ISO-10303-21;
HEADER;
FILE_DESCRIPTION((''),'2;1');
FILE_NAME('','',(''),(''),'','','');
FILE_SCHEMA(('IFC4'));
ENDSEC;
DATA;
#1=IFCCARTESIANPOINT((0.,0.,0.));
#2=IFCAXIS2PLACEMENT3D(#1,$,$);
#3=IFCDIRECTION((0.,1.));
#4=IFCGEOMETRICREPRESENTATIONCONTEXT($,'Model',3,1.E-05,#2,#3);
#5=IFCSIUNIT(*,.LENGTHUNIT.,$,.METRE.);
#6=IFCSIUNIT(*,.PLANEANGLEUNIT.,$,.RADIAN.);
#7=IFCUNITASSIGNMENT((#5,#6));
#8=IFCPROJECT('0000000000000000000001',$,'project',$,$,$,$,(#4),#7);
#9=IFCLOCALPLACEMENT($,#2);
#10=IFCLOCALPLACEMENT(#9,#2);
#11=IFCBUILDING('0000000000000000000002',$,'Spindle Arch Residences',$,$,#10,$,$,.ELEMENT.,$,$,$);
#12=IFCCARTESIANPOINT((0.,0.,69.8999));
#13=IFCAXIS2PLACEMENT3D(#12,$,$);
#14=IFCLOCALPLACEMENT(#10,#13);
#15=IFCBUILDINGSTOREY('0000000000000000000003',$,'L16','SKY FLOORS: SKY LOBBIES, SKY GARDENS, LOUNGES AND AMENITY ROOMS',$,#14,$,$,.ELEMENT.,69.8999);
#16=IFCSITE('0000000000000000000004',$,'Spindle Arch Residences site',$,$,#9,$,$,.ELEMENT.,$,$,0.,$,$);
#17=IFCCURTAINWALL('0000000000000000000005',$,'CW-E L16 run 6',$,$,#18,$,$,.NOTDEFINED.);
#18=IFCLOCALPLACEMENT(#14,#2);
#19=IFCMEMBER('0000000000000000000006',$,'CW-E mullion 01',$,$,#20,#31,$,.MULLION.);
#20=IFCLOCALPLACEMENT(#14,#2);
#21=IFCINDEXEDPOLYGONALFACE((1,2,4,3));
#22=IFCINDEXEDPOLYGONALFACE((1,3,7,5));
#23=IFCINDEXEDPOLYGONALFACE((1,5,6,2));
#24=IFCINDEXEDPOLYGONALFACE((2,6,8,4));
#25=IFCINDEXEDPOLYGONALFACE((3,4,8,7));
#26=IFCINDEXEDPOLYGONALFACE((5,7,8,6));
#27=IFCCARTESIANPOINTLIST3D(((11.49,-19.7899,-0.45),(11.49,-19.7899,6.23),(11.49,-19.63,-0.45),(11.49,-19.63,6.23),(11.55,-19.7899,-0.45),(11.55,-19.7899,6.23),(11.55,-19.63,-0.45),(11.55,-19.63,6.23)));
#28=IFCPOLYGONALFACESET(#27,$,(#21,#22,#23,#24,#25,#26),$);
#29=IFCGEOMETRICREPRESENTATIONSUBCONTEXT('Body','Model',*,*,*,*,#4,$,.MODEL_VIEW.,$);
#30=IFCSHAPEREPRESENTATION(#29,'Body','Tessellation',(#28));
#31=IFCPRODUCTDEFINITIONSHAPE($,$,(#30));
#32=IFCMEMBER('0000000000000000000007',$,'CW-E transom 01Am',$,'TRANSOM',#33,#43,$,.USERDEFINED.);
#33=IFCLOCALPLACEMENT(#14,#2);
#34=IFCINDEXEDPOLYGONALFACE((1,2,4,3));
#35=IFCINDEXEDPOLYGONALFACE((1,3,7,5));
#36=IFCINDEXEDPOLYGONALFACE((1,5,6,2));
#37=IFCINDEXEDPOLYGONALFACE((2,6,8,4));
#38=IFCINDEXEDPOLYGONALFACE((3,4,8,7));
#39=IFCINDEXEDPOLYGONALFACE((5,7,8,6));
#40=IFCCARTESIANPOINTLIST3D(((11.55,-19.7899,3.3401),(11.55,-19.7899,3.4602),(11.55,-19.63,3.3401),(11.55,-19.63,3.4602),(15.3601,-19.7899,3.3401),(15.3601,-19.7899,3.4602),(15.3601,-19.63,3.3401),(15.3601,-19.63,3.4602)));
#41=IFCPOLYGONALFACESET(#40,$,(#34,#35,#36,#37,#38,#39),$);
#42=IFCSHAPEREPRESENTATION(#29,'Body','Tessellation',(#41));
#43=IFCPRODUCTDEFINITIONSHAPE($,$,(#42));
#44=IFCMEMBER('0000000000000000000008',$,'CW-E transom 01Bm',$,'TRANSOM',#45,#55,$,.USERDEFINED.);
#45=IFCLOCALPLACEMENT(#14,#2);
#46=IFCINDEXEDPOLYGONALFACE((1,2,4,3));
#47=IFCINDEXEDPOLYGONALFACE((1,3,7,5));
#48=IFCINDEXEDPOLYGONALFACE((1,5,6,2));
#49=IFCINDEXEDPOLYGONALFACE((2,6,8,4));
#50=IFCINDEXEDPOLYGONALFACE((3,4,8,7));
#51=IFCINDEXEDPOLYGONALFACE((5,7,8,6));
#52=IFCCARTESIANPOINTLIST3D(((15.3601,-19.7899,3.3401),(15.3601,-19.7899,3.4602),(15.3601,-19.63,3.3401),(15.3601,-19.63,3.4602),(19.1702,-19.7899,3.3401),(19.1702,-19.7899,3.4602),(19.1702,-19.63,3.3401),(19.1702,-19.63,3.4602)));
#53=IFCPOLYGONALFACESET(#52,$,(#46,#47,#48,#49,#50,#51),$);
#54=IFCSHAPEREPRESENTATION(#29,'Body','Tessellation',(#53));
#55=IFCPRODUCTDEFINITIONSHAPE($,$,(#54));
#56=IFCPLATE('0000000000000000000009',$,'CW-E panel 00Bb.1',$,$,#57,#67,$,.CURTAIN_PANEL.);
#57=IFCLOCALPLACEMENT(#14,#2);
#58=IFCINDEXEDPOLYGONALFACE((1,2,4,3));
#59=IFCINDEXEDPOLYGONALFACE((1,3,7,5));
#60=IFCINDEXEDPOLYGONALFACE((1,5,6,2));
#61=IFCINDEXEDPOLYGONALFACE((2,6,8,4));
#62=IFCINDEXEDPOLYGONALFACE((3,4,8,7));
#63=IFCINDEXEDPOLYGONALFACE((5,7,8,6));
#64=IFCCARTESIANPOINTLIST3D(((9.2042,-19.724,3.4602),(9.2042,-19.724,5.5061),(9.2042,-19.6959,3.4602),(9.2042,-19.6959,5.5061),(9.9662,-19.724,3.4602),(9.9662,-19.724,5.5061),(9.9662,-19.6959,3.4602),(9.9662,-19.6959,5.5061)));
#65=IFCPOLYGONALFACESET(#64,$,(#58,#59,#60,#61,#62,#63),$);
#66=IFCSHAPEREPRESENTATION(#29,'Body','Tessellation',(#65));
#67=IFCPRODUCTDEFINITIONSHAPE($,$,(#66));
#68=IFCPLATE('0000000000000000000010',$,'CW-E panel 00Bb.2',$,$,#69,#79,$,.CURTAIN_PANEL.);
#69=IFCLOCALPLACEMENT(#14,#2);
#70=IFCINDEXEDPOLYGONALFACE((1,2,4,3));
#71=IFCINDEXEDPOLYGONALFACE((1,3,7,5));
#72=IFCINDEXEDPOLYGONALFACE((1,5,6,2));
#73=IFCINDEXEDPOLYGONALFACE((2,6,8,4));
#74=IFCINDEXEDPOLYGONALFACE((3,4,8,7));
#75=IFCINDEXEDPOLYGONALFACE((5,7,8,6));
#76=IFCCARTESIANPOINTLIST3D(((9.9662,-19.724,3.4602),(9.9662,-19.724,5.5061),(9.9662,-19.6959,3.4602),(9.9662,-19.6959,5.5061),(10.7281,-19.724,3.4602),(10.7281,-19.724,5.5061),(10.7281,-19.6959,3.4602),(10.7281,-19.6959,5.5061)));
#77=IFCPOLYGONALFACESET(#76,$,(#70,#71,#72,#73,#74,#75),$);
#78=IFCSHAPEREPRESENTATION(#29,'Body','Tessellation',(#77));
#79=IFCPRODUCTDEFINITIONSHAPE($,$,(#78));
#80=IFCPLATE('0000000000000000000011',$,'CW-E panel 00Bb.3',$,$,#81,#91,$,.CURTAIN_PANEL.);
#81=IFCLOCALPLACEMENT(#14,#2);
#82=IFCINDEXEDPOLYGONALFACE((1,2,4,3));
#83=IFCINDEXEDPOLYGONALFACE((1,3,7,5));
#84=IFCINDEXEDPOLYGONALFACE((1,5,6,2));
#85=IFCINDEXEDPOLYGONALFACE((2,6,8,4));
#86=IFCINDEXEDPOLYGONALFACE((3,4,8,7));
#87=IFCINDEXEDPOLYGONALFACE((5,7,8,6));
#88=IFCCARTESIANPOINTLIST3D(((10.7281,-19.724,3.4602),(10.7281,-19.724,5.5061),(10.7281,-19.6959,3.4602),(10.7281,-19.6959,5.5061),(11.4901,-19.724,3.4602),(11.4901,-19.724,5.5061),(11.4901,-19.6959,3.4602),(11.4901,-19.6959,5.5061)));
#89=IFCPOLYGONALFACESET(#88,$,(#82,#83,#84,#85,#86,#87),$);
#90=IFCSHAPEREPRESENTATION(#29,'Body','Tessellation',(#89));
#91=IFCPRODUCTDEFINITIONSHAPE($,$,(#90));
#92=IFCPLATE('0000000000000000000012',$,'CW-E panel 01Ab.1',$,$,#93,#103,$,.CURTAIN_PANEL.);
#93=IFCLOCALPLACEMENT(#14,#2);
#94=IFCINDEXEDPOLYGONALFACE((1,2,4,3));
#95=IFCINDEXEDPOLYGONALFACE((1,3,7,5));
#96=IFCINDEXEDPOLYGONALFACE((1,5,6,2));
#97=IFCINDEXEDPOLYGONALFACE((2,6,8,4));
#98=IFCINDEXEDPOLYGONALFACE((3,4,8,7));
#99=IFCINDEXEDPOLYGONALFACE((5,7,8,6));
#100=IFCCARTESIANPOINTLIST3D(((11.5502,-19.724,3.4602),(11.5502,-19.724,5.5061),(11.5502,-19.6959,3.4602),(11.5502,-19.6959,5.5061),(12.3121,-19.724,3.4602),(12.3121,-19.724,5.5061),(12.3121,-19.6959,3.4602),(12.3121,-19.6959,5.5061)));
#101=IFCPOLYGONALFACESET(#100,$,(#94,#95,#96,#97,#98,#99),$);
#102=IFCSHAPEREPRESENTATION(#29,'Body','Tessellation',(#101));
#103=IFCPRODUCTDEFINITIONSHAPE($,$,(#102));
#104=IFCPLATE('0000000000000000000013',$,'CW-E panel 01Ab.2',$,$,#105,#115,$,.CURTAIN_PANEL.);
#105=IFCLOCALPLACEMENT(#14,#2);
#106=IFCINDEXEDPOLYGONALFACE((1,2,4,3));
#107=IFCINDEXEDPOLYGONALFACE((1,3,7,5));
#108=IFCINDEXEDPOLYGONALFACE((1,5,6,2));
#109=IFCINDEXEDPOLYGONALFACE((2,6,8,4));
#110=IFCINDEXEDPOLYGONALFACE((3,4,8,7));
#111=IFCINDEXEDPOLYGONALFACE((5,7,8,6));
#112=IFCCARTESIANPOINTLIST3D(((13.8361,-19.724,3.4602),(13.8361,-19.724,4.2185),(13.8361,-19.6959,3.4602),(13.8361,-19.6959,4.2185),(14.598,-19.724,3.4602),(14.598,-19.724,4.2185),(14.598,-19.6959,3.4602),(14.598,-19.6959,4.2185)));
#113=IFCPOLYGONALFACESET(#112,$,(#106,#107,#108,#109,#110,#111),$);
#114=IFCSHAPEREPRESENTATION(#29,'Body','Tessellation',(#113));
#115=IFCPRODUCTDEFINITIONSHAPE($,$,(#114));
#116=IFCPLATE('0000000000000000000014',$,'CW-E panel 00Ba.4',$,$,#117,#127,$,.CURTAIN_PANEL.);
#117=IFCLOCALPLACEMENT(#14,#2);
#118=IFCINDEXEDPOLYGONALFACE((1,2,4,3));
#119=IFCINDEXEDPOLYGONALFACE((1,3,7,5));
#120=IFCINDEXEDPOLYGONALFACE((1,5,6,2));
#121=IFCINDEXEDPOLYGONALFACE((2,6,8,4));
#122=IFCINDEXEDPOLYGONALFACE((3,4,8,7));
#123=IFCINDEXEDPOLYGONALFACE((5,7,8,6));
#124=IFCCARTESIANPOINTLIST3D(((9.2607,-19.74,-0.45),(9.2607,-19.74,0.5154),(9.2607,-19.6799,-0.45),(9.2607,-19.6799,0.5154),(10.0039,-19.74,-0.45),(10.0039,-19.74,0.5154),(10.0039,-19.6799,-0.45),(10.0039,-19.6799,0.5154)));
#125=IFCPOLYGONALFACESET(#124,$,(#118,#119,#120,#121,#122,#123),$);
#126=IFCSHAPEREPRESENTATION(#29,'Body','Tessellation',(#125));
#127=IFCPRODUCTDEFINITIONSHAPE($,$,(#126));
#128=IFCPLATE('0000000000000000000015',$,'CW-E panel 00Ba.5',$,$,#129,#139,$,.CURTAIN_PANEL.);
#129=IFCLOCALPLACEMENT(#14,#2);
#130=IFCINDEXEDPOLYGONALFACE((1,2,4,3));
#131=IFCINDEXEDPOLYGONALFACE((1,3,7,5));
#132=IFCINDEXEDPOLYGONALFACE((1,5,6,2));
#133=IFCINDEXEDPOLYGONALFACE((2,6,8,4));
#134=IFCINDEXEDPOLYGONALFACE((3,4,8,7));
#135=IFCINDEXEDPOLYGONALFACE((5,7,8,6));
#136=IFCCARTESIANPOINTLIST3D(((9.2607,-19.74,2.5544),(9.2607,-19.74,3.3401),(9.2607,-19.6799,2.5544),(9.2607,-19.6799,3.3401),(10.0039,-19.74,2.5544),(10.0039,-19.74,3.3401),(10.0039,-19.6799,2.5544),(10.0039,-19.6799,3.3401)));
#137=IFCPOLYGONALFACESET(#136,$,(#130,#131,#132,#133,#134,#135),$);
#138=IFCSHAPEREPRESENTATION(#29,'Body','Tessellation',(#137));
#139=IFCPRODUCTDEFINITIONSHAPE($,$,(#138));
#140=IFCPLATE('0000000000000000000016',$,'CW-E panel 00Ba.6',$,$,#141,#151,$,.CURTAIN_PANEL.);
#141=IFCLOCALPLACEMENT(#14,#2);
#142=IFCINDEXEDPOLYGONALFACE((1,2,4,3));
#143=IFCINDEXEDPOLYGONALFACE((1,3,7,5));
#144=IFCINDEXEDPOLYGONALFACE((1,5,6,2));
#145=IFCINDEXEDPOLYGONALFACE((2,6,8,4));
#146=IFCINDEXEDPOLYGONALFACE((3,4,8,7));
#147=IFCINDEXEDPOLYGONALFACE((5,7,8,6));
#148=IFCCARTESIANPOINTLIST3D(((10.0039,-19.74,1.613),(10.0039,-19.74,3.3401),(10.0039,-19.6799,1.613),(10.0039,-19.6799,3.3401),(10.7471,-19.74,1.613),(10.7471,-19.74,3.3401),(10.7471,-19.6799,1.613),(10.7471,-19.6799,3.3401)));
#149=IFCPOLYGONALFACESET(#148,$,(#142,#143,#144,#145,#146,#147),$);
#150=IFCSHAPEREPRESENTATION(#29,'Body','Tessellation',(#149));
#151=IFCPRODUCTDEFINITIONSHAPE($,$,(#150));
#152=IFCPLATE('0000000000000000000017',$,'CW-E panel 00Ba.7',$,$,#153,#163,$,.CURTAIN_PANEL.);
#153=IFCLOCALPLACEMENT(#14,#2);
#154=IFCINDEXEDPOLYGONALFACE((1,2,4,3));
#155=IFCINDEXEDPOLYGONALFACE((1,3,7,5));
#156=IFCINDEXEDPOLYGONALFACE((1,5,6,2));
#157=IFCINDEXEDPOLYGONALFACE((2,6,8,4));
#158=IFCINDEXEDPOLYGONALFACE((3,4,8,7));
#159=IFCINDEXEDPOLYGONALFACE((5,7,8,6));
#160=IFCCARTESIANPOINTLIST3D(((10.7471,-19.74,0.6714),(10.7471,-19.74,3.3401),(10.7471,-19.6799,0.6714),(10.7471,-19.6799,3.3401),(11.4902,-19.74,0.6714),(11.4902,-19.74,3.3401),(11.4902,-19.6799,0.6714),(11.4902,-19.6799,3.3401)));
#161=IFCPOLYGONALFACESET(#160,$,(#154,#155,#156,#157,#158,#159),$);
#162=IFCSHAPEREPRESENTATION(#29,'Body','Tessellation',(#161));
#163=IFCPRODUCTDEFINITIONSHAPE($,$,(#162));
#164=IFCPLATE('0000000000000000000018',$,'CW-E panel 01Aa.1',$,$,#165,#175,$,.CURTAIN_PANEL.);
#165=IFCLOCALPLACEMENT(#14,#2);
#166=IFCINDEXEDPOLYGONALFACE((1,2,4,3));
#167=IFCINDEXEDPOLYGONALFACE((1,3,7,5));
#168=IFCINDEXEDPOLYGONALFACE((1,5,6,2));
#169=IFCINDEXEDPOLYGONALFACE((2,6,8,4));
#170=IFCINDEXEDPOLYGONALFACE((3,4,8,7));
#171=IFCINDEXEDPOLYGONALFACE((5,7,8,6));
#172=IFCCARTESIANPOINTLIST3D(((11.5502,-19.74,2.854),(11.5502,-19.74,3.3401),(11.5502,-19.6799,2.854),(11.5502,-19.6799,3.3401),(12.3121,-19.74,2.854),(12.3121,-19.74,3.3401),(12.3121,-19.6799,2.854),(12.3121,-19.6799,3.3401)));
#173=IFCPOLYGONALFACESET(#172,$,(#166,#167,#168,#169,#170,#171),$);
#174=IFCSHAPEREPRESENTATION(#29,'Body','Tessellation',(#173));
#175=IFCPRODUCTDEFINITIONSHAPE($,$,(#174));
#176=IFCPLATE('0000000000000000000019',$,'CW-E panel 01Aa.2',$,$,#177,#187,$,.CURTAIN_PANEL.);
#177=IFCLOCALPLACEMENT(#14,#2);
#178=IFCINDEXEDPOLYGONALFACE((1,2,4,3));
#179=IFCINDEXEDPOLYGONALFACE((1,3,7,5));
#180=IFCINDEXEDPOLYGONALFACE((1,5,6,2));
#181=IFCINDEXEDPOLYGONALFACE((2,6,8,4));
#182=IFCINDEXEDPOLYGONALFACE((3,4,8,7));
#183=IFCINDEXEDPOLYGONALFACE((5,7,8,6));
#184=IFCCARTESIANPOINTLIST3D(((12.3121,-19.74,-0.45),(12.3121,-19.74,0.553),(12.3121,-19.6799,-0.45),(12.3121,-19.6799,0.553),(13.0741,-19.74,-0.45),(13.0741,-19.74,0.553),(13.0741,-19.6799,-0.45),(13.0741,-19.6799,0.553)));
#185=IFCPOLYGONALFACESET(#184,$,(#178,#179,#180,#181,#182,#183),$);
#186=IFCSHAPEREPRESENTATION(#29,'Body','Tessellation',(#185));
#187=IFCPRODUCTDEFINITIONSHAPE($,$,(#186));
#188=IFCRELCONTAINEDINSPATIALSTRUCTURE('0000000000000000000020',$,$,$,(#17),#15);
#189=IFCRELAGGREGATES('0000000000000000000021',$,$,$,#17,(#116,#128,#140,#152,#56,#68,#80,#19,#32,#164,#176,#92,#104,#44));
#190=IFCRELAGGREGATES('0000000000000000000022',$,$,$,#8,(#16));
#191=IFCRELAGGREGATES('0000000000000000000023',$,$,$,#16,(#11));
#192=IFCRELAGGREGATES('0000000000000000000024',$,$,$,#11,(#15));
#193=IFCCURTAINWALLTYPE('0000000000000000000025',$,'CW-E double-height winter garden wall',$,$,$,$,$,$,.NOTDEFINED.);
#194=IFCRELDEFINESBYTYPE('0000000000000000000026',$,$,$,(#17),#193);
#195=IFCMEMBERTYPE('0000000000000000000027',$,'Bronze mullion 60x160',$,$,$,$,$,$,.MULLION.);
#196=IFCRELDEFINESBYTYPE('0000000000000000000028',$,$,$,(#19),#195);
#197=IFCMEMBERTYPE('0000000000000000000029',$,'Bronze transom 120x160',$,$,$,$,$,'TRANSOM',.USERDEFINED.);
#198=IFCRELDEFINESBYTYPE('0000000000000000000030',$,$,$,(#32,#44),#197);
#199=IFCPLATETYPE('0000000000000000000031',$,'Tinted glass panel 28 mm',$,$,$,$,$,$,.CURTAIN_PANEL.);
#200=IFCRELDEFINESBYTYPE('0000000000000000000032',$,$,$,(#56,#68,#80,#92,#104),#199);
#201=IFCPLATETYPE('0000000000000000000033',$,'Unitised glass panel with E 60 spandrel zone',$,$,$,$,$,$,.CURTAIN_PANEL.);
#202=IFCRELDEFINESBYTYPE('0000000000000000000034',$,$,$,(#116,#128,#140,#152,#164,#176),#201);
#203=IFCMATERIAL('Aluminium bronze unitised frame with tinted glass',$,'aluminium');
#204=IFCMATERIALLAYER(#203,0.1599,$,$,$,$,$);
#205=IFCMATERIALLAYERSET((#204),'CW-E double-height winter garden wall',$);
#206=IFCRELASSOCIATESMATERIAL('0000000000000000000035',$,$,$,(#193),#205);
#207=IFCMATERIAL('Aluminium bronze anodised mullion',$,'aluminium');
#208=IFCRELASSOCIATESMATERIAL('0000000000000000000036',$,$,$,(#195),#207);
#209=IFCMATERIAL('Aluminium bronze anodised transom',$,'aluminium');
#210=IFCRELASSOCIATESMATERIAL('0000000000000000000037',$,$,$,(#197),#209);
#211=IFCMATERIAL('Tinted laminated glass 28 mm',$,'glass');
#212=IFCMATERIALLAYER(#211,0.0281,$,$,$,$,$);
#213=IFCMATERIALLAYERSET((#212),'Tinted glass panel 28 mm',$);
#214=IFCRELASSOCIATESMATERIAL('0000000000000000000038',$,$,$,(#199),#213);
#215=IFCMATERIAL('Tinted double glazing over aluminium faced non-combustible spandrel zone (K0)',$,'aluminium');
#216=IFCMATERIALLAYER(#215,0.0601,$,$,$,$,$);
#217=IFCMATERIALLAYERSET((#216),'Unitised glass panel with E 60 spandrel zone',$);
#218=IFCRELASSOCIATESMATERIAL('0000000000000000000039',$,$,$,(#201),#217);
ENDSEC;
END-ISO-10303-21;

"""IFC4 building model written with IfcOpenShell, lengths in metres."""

from ifc_helpers import new_model, si_unit, direction, frame, origin, origin_2d, place, context, subcontext, project, spatial, rectangle, extrude, material, layer, layer_set, material_profile, profile_set, type_object, element, aggregate, save


model = new_model("IFC4")

# Units and contexts
model_context = context("Model", 3, precision=1e-05, world=origin(), true_north=direction((0.0, 1.0)))
body_context = subcontext(model_context, "Body", "Model", "MODEL_VIEW")
ifc_project = project(units=[si_unit("LENGTHUNIT", "METRE"), si_unit("PLANEANGLEUNIT", "RADIAN")], contexts=[model_context])

# Site, building, storey
site_placement = place(None, origin())
site = spatial("IfcSite", under=ifc_project, at=site_placement, Name="Spindle Arch Residences site", CompositionType="ELEMENT", RefElevation=0.0)
building_placement = place(site_placement, origin())
building = spatial("IfcBuilding", under=site, at=building_placement, Name="Spindle Arch Residences", CompositionType="ELEMENT")
storey_placement = place(building_placement, frame((0.0, 0.0, 69.8999)))
storey = spatial("IfcBuildingStorey", under=building, at=storey_placement, Name="L16", Description="SKY FLOORS: SKY LOBBIES, SKY GARDENS, LOUNGES AND AMENITY ROOMS", CompositionType="ELEMENT", Elevation=69.8999)

# Curtain wall, members, plates
ifc_material_1 = material(Name="Aluminium bronze unitised frame with tinted glass", Category="aluminium")
ifc_layer_1 = layer(ifc_material_1, 0.1599)
ifc_layer_set_1 = layer_set([ifc_layer_1], Name="CW-E double-height winter garden wall")
curtain_wall_type = type_object("IfcCurtainWallType", Name="CW-E double-height winter garden wall", PredefinedType="NOTDEFINED", material=ifc_layer_set_1)
curtain_wall_placement = place(storey_placement, origin())
curtain_wall = element("IfcCurtainWall", 1, at=curtain_wall_placement, inside=storey, type_object=curtain_wall_type, Name="CW-E L16 run 6", PredefinedType="NOTDEFINED")
ifc_material_2 = material(Name="Aluminium bronze anodised mullion", Category="aluminium")
ifc_material_profile_1 = material_profile(ifc_material_2, rectangle(XDim=0.1599, YDim=0.0601, at=origin_2d()), Name="MU 60x160")
ifc_profile_set_1 = profile_set([ifc_material_profile_1], Name="Aluminium bronze anodised mullion")
member_type_1 = type_object("IfcMemberType", Name="Bronze mullion 60x160", PredefinedType="MULLION", material=ifc_profile_set_1)
member_1_placement = place(storey_placement, frame((11.52, -19.71, -0.45), z_axis=(0.0, 0.0, 1.0), x_axis=(0.0, 1.0, 0.0)))
member_1 = element("IfcMember", 2, at=member_1_placement, type_object=member_type_1, Name="CW-E mullion 01", PredefinedType="MULLION", context=body_context, shape_type="SweptSolid", body=[
    extrude(rectangle(XDim=0.1599, YDim=0.0601, at=origin_2d()), origin(), (0.0, 0.0, 1.0), 6.6799),
])
ifc_material_3 = material(Name="Aluminium bronze anodised transom", Category="aluminium")
ifc_material_profile_2 = material_profile(ifc_material_3, rectangle(XDim=0.1599, YDim=0.1201, at=origin_2d()), Name="TR 120x160")
ifc_profile_set_2 = profile_set([ifc_material_profile_2], Name="Aluminium bronze anodised transom")
member_type_2 = type_object("IfcMemberType", Name="Bronze transom 120x160", ElementType="TRANSOM", PredefinedType="USERDEFINED", material=ifc_profile_set_2)
member_2_placement = place(storey_placement, frame((11.55, -19.71, 3.4001), z_axis=(1.0, 0.0, 0.0), x_axis=(0.0, 1.0, 0.0)))
member_2 = element("IfcMember", 3, at=member_2_placement, type_object=member_type_2, Name="CW-E transom 01Am", ObjectType="TRANSOM", PredefinedType="USERDEFINED", context=body_context, shape_type="SweptSolid", body=[
    extrude(rectangle(XDim=0.1599, YDim=0.1201, at=origin_2d()), origin(), (0.0, 0.0, 1.0), 3.8101),
])
member_3_placement = place(storey_placement, frame((15.3601, -19.71, 3.4001), z_axis=(1.0, 0.0, 0.0), x_axis=(0.0, 1.0, 0.0)))
member_3 = element("IfcMember", 4, at=member_3_placement, type_object=member_type_2, Name="CW-E transom 01Bm", ObjectType="TRANSOM", PredefinedType="USERDEFINED", context=body_context, shape_type="SweptSolid", body=[
    extrude(rectangle(XDim=0.1599, YDim=0.1201, at=origin_2d()), origin(), (0.0, 0.0, 1.0), 3.8101),
])
ifc_material_4 = material(Name="Tinted laminated glass 28 mm", Category="glass")
ifc_layer_2 = layer(ifc_material_4, 0.0281)
ifc_layer_set_2 = layer_set([ifc_layer_2], Name="Tinted glass panel 28 mm")
plate_type_1 = type_object("IfcPlateType", Name="Tinted glass panel 28 mm", PredefinedType="CURTAIN_PANEL", material=ifc_layer_set_2)
plate_1_placement = place(storey_placement, frame((9.5852, -19.71, 3.4602), z_axis=(0.0, 0.0, 1.0), x_axis=(1.0, 0.0, 0.0)))
plate_1 = element("IfcPlate", 5, at=plate_1_placement, type_object=plate_type_1, Name="CW-E panel 00Bb.1", PredefinedType="CURTAIN_PANEL", context=body_context, shape_type="SweptSolid", body=[
    extrude(rectangle(XDim=0.762, YDim=0.0281, at=origin_2d()), origin(), (0.0, 0.0, 1.0), 2.0459),
])
plate_2_placement = place(storey_placement, frame((10.3472, -19.71, 3.4602), z_axis=(0.0, 0.0, 1.0), x_axis=(1.0, 0.0, 0.0)))
plate_2 = element("IfcPlate", 6, at=plate_2_placement, type_object=plate_type_1, Name="CW-E panel 00Bb.2", PredefinedType="CURTAIN_PANEL", context=body_context, shape_type="SweptSolid", body=[
    extrude(rectangle(XDim=0.762, YDim=0.0281, at=origin_2d()), origin(), (0.0, 0.0, 1.0), 2.0459),
])
plate_3_placement = place(storey_placement, frame((11.1091, -19.71, 3.4602), z_axis=(0.0, 0.0, 1.0), x_axis=(1.0, 0.0, 0.0)))
plate_3 = element("IfcPlate", 7, at=plate_3_placement, type_object=plate_type_1, Name="CW-E panel 00Bb.3", PredefinedType="CURTAIN_PANEL", context=body_context, shape_type="SweptSolid", body=[
    extrude(rectangle(XDim=0.762, YDim=0.0281, at=origin_2d()), origin(), (0.0, 0.0, 1.0), 2.0459),
])
plate_4_placement = place(storey_placement, frame((11.9312, -19.71, 3.4602), z_axis=(0.0, 0.0, 1.0), x_axis=(1.0, 0.0, 0.0)))
plate_4 = element("IfcPlate", 8, at=plate_4_placement, type_object=plate_type_1, Name="CW-E panel 01Ab.1", PredefinedType="CURTAIN_PANEL", context=body_context, shape_type="SweptSolid", body=[
    extrude(rectangle(XDim=0.762, YDim=0.0281, at=origin_2d()), origin(), (0.0, 0.0, 1.0), 2.0459),
])
plate_5_placement = place(storey_placement, frame((14.217, -19.71, 3.4602), z_axis=(0.0, 0.0, 1.0), x_axis=(1.0, 0.0, 0.0)))
plate_5 = element("IfcPlate", 9, at=plate_5_placement, type_object=plate_type_1, Name="CW-E panel 01Ab.2", PredefinedType="CURTAIN_PANEL", context=body_context, shape_type="SweptSolid", body=[
    extrude(rectangle(XDim=0.762, YDim=0.0281, at=origin_2d()), origin(), (0.0, 0.0, 1.0), 0.7583),
])
ifc_material_5 = material(Name="Tinted double glazing over aluminium faced non-combustible spandrel zone (K0)", Category="aluminium")
ifc_layer_3 = layer(ifc_material_5, 0.0601)
ifc_layer_set_3 = layer_set([ifc_layer_3], Name="Unitised glass panel with E 60 spandrel zone")
plate_type_2 = type_object("IfcPlateType", Name="Unitised glass panel with E 60 spandrel zone", PredefinedType="CURTAIN_PANEL", material=ifc_layer_set_3)
plate_6_placement = place(storey_placement, frame((9.6323, -19.71, -0.45), z_axis=(0.0, 0.0, 1.0), x_axis=(1.0, 0.0, 0.0)))
plate_6 = element("IfcPlate", 10, at=plate_6_placement, type_object=plate_type_2, Name="CW-E panel 00Ba.4", PredefinedType="CURTAIN_PANEL", context=body_context, shape_type="SweptSolid", body=[
    extrude(rectangle(XDim=0.7432, YDim=0.0601, at=origin_2d()), origin(), (0.0, 0.0, 1.0), 0.9653),
])
plate_7_placement = place(storey_placement, frame((9.6323, -19.71, 2.5544), z_axis=(0.0, 0.0, 1.0), x_axis=(1.0, 0.0, 0.0)))
plate_7 = element("IfcPlate", 11, at=plate_7_placement, type_object=plate_type_2, Name="CW-E panel 00Ba.5", PredefinedType="CURTAIN_PANEL", context=body_context, shape_type="SweptSolid", body=[
    extrude(rectangle(XDim=0.7432, YDim=0.0601, at=origin_2d()), origin(), (0.0, 0.0, 1.0), 0.7856),
])
plate_8_placement = place(storey_placement, frame((10.3755, -19.71, 1.613), z_axis=(0.0, 0.0, 1.0), x_axis=(1.0, 0.0, 0.0)))
plate_8 = element("IfcPlate", 12, at=plate_8_placement, type_object=plate_type_2, Name="CW-E panel 00Ba.6", PredefinedType="CURTAIN_PANEL", context=body_context, shape_type="SweptSolid", body=[
    extrude(rectangle(XDim=0.7432, YDim=0.0601, at=origin_2d()), origin(), (0.0, 0.0, 1.0), 1.7271),
])
plate_9_placement = place(storey_placement, frame((11.1187, -19.71, 0.6714), z_axis=(0.0, 0.0, 1.0), x_axis=(1.0, 0.0, 0.0)))
plate_9 = element("IfcPlate", 13, at=plate_9_placement, type_object=plate_type_2, Name="CW-E panel 00Ba.7", PredefinedType="CURTAIN_PANEL", context=body_context, shape_type="SweptSolid", body=[
    extrude(rectangle(XDim=0.7432, YDim=0.0601, at=origin_2d()), origin(), (0.0, 0.0, 1.0), 2.6687),
])
plate_10_placement = place(storey_placement, frame((11.9312, -19.71, 2.854), z_axis=(0.0, 0.0, 1.0), x_axis=(1.0, 0.0, 0.0)))
plate_10 = element("IfcPlate", 14, at=plate_10_placement, type_object=plate_type_2, Name="CW-E panel 01Aa.1", PredefinedType="CURTAIN_PANEL", context=body_context, shape_type="SweptSolid", body=[
    extrude(rectangle(XDim=0.762, YDim=0.0601, at=origin_2d()), origin(), (0.0, 0.0, 1.0), 0.4861),
])
plate_11_placement = place(storey_placement, frame((12.6931, -19.71, -0.45), z_axis=(0.0, 0.0, 1.0), x_axis=(1.0, 0.0, 0.0)))
plate_11 = element("IfcPlate", 15, at=plate_11_placement, type_object=plate_type_2, Name="CW-E panel 01Aa.2", PredefinedType="CURTAIN_PANEL", context=body_context, shape_type="SweptSolid", body=[
    extrude(rectangle(XDim=0.762, YDim=0.0601, at=origin_2d()), origin(), (0.0, 0.0, 1.0), 1.0029),
])
aggregate(curtain_wall, [plate_6, plate_7, plate_8, plate_9, plate_1, plate_2, plate_3, member_1, member_2, plate_10, plate_11, plate_4, plate_5, member_3])

save(model, "model.ifc")
